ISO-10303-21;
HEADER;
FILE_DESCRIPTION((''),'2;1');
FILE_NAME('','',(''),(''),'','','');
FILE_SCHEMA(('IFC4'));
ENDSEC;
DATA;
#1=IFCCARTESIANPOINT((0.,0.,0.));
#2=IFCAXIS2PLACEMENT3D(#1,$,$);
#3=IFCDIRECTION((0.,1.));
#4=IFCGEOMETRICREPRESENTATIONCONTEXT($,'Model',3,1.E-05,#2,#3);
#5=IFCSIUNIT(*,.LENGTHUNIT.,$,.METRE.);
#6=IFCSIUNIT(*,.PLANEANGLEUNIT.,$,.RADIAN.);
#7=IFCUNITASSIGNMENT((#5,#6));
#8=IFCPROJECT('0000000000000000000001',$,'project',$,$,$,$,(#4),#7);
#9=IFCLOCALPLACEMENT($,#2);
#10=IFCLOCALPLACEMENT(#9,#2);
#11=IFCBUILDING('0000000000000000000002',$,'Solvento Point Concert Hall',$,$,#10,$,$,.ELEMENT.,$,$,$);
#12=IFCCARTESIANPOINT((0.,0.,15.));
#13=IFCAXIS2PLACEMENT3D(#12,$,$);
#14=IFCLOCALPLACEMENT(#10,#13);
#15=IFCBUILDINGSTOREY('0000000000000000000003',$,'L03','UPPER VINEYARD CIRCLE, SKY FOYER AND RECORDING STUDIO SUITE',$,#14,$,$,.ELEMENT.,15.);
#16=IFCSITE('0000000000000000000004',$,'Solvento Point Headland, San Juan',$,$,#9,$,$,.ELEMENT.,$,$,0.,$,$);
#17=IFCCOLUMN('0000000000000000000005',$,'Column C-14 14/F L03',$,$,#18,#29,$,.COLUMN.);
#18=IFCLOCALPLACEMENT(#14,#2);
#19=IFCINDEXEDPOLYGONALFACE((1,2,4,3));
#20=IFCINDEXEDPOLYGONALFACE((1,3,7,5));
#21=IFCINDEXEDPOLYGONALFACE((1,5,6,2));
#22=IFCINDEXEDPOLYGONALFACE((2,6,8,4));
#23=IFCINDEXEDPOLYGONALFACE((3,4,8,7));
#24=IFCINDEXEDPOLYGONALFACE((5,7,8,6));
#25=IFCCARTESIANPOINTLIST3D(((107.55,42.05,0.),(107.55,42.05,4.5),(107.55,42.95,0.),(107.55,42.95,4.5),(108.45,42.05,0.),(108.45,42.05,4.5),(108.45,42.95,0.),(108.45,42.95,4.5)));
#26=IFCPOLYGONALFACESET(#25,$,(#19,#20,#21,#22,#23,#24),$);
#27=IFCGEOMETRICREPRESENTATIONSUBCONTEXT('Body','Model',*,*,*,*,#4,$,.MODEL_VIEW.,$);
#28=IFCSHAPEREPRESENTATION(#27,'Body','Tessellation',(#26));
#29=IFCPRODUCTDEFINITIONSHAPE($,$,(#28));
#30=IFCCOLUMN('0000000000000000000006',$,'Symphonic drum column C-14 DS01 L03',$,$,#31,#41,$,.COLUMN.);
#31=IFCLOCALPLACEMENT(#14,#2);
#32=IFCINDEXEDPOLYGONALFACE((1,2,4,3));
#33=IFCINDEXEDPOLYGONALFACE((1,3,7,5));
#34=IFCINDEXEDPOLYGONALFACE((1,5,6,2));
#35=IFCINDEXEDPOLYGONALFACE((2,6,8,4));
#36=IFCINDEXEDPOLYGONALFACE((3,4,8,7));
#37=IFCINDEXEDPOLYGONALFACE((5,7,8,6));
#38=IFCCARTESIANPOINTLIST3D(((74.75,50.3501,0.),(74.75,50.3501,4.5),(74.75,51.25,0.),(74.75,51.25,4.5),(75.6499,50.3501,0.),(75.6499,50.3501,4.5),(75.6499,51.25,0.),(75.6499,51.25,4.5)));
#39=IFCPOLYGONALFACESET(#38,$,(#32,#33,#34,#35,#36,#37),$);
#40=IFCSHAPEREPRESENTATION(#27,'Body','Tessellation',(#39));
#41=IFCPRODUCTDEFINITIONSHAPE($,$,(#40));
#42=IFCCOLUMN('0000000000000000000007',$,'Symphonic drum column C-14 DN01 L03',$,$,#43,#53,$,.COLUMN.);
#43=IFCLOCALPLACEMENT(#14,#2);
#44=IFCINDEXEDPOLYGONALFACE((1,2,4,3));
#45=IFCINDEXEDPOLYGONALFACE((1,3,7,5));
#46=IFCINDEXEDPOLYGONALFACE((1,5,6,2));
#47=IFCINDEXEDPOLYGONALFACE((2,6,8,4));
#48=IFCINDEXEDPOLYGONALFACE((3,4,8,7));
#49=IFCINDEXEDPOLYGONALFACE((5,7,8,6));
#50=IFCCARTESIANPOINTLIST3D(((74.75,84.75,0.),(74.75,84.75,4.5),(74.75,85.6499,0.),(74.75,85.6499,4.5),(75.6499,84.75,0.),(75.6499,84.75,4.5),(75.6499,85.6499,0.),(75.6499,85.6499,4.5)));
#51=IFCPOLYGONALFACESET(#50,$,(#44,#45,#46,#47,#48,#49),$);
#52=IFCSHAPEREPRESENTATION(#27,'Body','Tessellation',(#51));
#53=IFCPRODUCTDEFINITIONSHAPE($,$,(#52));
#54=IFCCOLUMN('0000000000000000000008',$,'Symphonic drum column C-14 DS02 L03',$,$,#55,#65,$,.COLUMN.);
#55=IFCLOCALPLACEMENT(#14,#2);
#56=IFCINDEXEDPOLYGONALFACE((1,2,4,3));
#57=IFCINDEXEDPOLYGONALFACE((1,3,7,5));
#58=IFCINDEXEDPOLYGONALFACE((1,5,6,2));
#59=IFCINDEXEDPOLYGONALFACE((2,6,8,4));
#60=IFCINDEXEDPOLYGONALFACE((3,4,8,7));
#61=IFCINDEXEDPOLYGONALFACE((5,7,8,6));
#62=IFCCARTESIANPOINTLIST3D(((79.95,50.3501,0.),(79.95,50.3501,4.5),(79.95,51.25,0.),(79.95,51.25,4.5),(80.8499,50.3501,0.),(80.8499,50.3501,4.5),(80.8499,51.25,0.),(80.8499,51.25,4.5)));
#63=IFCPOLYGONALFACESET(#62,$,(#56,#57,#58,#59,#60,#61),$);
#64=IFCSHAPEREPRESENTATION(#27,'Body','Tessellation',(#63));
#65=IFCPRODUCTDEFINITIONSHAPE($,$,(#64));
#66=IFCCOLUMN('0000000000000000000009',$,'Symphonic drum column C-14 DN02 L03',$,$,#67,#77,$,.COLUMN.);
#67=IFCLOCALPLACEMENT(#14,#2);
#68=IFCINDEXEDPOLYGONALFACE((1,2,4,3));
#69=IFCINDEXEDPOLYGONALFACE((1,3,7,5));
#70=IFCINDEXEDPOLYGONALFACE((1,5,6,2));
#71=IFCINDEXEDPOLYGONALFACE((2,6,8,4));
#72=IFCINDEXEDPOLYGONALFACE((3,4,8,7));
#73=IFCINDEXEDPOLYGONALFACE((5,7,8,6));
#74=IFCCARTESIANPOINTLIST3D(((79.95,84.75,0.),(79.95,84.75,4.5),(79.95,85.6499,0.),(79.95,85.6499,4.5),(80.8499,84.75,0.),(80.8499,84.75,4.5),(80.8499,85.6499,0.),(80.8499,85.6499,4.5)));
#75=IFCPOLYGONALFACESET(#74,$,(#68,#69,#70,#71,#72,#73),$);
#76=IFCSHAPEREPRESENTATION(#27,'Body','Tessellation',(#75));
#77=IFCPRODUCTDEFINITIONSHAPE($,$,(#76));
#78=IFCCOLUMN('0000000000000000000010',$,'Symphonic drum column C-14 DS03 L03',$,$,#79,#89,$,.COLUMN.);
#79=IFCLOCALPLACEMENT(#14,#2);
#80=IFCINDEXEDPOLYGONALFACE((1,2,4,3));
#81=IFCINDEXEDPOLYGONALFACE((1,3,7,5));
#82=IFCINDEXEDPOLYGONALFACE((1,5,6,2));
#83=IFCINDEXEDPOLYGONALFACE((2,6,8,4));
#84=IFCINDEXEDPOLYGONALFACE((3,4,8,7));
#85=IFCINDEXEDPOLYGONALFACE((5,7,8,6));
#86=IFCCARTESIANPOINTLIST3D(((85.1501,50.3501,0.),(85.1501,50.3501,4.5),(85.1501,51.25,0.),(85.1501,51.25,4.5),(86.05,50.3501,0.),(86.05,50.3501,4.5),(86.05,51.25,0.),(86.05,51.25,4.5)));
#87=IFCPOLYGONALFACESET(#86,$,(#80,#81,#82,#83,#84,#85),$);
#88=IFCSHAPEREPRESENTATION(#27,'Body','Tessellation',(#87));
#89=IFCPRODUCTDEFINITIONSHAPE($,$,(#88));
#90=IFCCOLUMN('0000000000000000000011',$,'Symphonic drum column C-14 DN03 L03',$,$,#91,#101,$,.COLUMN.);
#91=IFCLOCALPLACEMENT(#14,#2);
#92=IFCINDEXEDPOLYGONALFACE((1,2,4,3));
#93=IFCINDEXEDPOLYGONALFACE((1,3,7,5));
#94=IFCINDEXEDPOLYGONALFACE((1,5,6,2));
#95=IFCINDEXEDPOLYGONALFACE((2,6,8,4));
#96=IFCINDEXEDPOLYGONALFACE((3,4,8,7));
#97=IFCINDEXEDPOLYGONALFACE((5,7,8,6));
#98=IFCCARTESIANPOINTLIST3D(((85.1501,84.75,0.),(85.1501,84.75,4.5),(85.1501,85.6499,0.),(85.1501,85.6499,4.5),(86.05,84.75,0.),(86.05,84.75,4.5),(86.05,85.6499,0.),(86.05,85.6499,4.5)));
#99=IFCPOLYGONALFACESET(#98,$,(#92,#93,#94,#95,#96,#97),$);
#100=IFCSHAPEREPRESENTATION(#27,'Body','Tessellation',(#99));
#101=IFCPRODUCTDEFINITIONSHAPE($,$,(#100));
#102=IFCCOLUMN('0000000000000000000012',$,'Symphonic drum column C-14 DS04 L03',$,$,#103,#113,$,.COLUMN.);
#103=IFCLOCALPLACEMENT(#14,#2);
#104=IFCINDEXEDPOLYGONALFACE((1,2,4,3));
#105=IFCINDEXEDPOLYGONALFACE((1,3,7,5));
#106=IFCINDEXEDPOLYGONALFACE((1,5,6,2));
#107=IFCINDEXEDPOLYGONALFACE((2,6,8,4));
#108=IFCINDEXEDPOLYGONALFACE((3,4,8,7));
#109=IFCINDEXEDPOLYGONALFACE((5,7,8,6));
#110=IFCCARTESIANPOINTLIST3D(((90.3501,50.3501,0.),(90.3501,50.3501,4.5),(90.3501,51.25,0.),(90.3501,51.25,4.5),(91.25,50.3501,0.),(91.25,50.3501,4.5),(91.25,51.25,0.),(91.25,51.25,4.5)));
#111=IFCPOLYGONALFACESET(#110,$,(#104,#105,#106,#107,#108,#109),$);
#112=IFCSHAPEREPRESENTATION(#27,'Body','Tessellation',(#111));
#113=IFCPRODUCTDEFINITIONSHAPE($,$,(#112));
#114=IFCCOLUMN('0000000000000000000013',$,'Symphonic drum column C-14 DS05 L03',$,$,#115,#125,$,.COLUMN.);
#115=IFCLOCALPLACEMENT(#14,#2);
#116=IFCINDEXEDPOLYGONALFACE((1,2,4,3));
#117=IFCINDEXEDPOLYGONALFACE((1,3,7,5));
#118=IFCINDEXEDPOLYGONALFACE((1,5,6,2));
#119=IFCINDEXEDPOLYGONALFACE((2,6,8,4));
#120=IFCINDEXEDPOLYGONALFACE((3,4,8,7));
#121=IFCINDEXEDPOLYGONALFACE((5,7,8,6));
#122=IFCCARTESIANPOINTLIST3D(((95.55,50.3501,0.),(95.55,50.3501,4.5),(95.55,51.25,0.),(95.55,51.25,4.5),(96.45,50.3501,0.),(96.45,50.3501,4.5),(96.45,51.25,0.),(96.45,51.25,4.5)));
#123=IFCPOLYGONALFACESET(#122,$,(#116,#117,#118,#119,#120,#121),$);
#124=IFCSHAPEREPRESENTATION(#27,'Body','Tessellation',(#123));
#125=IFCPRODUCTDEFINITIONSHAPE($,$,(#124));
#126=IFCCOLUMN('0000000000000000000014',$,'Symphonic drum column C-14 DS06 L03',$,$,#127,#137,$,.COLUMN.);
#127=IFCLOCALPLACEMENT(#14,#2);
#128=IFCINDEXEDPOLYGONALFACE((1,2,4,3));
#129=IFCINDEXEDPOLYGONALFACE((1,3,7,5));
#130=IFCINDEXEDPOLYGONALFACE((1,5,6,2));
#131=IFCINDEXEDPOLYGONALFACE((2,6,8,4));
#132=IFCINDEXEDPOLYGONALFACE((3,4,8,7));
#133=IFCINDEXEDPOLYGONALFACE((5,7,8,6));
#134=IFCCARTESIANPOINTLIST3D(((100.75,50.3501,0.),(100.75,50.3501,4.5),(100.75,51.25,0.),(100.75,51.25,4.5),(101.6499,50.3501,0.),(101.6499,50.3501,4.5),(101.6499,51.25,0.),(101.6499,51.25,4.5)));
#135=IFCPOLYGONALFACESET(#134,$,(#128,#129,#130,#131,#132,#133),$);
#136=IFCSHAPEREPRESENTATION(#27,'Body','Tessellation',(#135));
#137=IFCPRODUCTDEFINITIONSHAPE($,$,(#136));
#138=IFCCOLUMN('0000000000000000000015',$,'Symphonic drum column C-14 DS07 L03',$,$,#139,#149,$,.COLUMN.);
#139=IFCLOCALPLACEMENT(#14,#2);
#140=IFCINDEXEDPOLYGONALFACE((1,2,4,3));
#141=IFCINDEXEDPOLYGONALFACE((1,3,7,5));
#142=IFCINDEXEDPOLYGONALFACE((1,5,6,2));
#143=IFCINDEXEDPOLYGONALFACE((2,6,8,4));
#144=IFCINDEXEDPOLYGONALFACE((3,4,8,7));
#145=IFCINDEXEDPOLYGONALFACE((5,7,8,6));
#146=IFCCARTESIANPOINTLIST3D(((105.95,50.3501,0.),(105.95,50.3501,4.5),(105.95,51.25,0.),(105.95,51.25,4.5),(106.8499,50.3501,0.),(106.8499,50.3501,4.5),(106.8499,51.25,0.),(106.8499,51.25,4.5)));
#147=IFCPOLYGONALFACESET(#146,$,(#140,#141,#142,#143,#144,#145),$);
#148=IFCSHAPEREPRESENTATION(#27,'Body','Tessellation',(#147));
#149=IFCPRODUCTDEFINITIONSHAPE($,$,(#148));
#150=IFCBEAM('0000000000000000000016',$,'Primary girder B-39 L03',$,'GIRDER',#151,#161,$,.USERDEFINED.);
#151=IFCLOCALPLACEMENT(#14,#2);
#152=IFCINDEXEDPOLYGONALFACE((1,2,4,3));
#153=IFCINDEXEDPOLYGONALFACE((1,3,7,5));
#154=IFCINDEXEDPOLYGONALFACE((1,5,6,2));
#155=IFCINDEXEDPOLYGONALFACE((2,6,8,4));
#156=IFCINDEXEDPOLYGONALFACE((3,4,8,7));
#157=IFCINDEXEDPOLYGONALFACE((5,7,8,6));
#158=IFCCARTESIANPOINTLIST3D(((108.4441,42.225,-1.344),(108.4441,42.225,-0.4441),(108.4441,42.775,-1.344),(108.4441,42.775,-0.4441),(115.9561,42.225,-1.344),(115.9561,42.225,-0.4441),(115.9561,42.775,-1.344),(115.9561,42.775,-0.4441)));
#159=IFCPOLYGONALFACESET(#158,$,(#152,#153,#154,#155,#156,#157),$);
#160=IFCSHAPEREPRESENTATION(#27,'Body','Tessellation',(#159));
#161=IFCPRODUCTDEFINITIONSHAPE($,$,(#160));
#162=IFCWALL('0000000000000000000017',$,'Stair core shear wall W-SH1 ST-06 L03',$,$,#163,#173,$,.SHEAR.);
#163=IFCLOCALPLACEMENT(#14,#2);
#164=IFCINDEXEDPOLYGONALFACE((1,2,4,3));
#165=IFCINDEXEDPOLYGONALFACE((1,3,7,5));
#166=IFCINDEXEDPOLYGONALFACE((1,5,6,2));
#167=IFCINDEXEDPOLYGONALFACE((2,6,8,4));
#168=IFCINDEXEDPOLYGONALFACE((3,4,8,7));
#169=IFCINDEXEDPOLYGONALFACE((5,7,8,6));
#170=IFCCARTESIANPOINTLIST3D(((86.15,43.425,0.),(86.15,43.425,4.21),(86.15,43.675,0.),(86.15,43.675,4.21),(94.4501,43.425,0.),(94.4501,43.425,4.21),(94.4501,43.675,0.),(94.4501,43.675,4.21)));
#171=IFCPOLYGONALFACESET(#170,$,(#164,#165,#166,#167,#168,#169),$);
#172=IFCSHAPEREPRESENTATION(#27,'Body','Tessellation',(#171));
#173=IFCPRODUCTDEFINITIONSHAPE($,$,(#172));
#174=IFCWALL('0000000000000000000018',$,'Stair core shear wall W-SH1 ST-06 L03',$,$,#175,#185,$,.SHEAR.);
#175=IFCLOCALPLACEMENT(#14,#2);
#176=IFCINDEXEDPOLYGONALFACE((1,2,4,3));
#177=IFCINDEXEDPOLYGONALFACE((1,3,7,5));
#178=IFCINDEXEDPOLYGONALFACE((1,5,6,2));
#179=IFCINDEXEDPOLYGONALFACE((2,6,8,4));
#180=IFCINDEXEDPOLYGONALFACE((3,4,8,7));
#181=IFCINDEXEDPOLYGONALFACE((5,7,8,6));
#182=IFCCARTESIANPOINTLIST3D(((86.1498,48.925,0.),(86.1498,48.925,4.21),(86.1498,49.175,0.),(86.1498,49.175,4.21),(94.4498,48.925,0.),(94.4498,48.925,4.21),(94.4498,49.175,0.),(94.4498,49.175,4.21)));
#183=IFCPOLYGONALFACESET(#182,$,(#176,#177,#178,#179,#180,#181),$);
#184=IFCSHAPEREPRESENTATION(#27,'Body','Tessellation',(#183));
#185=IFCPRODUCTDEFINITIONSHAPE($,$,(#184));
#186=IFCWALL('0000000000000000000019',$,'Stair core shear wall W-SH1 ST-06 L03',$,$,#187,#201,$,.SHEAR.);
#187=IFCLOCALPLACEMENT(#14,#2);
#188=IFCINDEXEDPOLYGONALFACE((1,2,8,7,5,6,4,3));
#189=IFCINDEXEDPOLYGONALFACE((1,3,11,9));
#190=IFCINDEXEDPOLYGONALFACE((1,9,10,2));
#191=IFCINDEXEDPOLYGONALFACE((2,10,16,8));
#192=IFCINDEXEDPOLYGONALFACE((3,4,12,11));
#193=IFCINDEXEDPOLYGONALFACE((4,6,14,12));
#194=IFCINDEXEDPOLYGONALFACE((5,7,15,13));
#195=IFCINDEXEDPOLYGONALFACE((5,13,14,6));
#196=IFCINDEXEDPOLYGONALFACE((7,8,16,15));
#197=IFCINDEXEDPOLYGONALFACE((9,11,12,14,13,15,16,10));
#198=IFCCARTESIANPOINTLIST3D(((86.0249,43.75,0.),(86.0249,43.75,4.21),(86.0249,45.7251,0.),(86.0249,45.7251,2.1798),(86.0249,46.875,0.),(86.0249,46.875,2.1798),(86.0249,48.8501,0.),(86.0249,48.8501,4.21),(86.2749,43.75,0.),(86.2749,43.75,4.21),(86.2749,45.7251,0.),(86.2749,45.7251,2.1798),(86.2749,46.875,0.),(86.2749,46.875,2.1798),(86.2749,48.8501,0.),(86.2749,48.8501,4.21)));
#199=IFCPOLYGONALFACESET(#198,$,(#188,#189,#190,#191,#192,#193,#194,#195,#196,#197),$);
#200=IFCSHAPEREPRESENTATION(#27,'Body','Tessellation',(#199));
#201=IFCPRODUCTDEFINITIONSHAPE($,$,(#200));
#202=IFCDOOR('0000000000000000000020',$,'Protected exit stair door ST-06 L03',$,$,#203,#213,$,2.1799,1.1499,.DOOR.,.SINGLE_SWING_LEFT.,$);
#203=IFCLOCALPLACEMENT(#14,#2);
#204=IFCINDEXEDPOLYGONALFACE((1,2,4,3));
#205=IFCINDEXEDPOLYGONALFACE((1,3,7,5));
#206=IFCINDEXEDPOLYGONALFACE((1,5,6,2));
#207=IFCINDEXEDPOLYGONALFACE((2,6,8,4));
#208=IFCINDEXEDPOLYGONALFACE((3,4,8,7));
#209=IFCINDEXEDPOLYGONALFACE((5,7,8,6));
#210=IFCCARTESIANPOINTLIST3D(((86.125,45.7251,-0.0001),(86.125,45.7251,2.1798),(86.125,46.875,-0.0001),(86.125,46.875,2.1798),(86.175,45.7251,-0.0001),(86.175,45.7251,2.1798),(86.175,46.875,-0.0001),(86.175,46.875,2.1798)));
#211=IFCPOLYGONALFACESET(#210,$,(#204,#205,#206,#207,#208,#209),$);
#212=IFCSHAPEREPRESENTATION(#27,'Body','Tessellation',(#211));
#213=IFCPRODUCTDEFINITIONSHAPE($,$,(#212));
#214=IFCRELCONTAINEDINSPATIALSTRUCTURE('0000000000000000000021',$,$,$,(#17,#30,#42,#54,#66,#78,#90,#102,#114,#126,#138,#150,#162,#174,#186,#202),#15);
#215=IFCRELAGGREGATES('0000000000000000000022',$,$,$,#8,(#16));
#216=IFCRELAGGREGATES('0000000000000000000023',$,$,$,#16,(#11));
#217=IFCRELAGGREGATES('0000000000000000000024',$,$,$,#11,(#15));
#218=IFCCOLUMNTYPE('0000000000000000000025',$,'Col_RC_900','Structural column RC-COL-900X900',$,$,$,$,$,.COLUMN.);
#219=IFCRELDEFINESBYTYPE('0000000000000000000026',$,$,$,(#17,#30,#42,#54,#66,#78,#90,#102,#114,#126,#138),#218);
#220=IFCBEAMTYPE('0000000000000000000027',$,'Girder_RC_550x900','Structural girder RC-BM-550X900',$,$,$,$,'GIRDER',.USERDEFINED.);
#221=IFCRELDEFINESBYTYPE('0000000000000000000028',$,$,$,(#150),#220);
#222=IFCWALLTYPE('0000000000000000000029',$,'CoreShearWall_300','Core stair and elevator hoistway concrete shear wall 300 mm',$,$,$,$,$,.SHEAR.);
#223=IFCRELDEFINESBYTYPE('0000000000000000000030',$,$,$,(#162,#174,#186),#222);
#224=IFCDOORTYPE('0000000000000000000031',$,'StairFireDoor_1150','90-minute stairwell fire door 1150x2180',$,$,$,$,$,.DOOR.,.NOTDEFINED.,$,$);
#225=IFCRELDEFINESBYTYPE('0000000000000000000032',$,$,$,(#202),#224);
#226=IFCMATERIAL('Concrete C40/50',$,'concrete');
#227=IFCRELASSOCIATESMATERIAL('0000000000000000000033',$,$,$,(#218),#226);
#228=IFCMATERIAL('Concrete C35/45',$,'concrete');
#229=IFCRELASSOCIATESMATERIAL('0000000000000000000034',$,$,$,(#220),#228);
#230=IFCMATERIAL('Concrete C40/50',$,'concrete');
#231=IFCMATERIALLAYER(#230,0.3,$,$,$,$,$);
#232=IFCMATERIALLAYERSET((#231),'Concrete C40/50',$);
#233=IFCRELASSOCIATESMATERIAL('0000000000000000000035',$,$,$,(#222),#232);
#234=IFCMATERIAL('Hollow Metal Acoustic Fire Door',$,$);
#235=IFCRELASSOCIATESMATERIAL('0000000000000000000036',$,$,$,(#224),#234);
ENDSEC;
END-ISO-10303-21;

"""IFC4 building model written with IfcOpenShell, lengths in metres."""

from ifc_helpers import new_model, si_unit, direction, frame, frame_2d, origin, origin_2d, place, context, subcontext, project, spatial, rectangle, extrude, material, layer, layer_set, material_profile, profile_set, type_object, element, fill, save


model = new_model("IFC4")

# Units and contexts
model_context = context("Model", 3, precision=1e-05, world=origin(), true_north=direction((0.0, 1.0)))
body_context = subcontext(model_context, "Body", "Model", "MODEL_VIEW")
ifc_project = project(units=[si_unit("LENGTHUNIT", "METRE"), si_unit("PLANEANGLEUNIT", "RADIAN")], contexts=[model_context])

# Site, building, storey
site_placement = place(None, origin())
site = spatial("IfcSite", under=ifc_project, at=site_placement, Name="Solvento Point Headland, San Juan", CompositionType="ELEMENT", RefElevation=0.0)
building_placement = place(site_placement, origin())
building = spatial("IfcBuilding", under=site, at=building_placement, Name="Solvento Point Concert Hall", CompositionType="ELEMENT")
storey_placement = place(building_placement, frame((0.0, 0.0, 15.0)))
storey = spatial("IfcBuildingStorey", under=building, at=storey_placement, Name="L03", Description="UPPER VINEYARD CIRCLE, SKY FOYER AND RECORDING STUDIO SUITE", CompositionType="ELEMENT", Elevation=15.0)

# Columns
ifc_material_1 = material(Name="Concrete C40/50", Category="concrete")
ifc_material_profile_1 = material_profile(ifc_material_1, rectangle(XDim=0.8999, YDim=0.8999, at=origin_2d()), Name="RC-COL-900X900")
ifc_profile_set_1 = profile_set([ifc_material_profile_1], Name="Concrete C40/50")
column_type = type_object("IfcColumnType", Name="Col_RC_900", Description="Structural column RC-COL-900X900", PredefinedType="COLUMN", material=ifc_profile_set_1)
for number, where, z_axis, x_axis, name in (
    (1, (108.0, 42.5, 0.0), (0.0, 0.0, 1.0), (1.0, 0.0, 0.0), "Column C-14 14/F L03"),
    (2, (75.2, 50.8, 0.0), (0.0, 0.0, 1.0), (1.0, 0.0, 0.0), "Symphonic drum column C-14 DS01 L03"),
    (3, (75.2, 85.2, 0.0), (0.0, 0.0, 1.0), (1.0, 0.0, 0.0), "Symphonic drum column C-14 DN01 L03"),
    (4, (80.3999, 50.8, 0.0), (0.0, 0.0, 1.0), (1.0, 0.0, 0.0), "Symphonic drum column C-14 DS02 L03"),
    (5, (80.3999, 85.2, 0.0), (0.0, 0.0, 1.0), (1.0, 0.0, 0.0), "Symphonic drum column C-14 DN02 L03"),
    (6, (85.6001, 50.8, 0.0), (0.0, 0.0, 1.0), (1.0, 0.0, 0.0), "Symphonic drum column C-14 DS03 L03"),
    (7, (85.6001, 85.2, 0.0), (0.0, 0.0, 1.0), (1.0, 0.0, 0.0), "Symphonic drum column C-14 DN03 L03"),
    (8, (90.8, 50.8, 0.0), (0.0, 0.0, 1.0), (1.0, 0.0, 0.0), "Symphonic drum column C-14 DS04 L03"),
    (9, (96.0, 50.8, 0.0), (0.0, 0.0, 1.0), (1.0, 0.0, 0.0), "Symphonic drum column C-14 DS05 L03"),
    (10, (101.2, 50.8, 0.0), (0.0, 0.0, 1.0), (1.0, 0.0, 0.0), "Symphonic drum column C-14 DS06 L03"),
    (11, (106.3999, 50.8, 0.0), (0.0, 0.0, 1.0), (1.0, 0.0, 0.0), "Symphonic drum column C-14 DS07 L03"),
):
    element("IfcColumn", number, at=place(storey_placement, frame(where, z_axis=z_axis, x_axis=x_axis)), inside=storey, type_object=column_type, Name=name, PredefinedType="COLUMN", context=body_context, shape_type="SweptSolid", body=[
        extrude(rectangle(XDim=0.8999, YDim=0.8999, at=origin_2d()), origin(), (0.0, 0.0, 1.0), 4.5),
    ])

# Beam
ifc_material_2 = material(Name="Concrete C35/45", Category="concrete")
ifc_material_profile_2 = material_profile(ifc_material_2, rectangle(XDim=0.55, YDim=0.8999, at=origin_2d()), Name="RC-BM-550X900")
ifc_profile_set_2 = profile_set([ifc_material_profile_2], Name="Concrete C35/45")
beam_type = type_object("IfcBeamType", Name="Girder_RC_550x900", Description="Structural girder RC-BM-550X900", ElementType="GIRDER", PredefinedType="USERDEFINED", material=ifc_profile_set_2)
beam_placement = place(storey_placement, frame((108.4441, 42.5, -0.894), z_axis=(1.0, 0.0, 0.0), x_axis=(0.0, 1.0, 0.0)))
element("IfcBeam", 12, at=beam_placement, inside=storey, type_object=beam_type, Name="Primary girder B-39 L03", ObjectType="GIRDER", PredefinedType="USERDEFINED", context=body_context, shape_type="SweptSolid", body=[
    extrude(rectangle(XDim=0.55, YDim=0.8999, at=origin_2d()), origin(), (0.0, 0.0, 1.0), 7.512),
])

# Walls
ifc_material_3 = material(Name="Concrete C40/50", Category="concrete")
ifc_layer_1 = layer(ifc_material_3, 0.3)
ifc_layer_set_1 = layer_set([ifc_layer_1], Name="Concrete C40/50")
wall_type_1 = type_object("IfcWallType", Name="CoreShearWall_300", Description="Core stair and elevator hoistway concrete shear wall 300 mm", PredefinedType="SHEAR", material=ifc_layer_set_1)
for number, where, z_axis, x_axis, name in (
    (13, (94.45, 43.55, 0.0), (0.0, 0.0, 1.0), (-1.0, 0.0, 0.0), "Stair core shear wall W-SH1 ST-06 L03"),
    (14, (86.1499, 49.05, 0.0), (0.0, 0.0, 1.0), (1.0, 0.0, 0.0), "Stair core shear wall W-SH1 ST-06 L03"),
):
    element("IfcWall", number, at=place(storey_placement, frame(where, z_axis=z_axis, x_axis=x_axis)), inside=storey, type_object=wall_type_1, Name=name, PredefinedType="SHEAR", context=body_context, shape_type="SweptSolid", body=[
        extrude(rectangle(XDim=8.3, YDim=0.25, at=frame_2d((4.1499, 0.0))), origin(), (0.0, 0.0, 1.0), 4.21),
    ])

# Wall, opening, door
wall_1_placement = place(storey_placement, frame((86.1499, 43.75, 0.0), z_axis=(0.0, 0.0, 1.0), x_axis=(0.0, 1.0, 0.0)))
wall_1 = element("IfcWall", 15, at=wall_1_placement, inside=storey, type_object=wall_type_1, Name="Stair core shear wall W-SH1 ST-06 L03", PredefinedType="SHEAR", context=body_context, shape_type="SweptSolid", body=[
    extrude(rectangle(XDim=5.1001, YDim=0.25, at=frame_2d((2.55, 0.0))), origin(), (0.0, 0.0, 1.0), 4.21),
])
opening_1_placement = place(wall_1_placement, frame((1.9751, 0.0, 0.0)))
opening_1 = element("IfcOpeningElement", 16, at=opening_1_placement, cuts=wall_1, PredefinedType="OPENING", context=body_context, shape_type="SweptSolid", body=[
    extrude(rectangle(XDim=1.1499, YDim=2.1799, at=frame_2d((0.575, 1.0898))), frame((0.0, 0.135, 0.0), z_axis=(0.0, -1.0, 0.0), x_axis=(1.0, 0.0, 0.0)), (0.0, 0.0, 1.0), 0.27),
])
ifc_material_4 = material(Name="Hollow Metal Acoustic Fire Door")
door_type = type_object("IfcDoorType", Name="StairFireDoor_1150", Description="90-minute stairwell fire door 1150x2180", OperationType="NOTDEFINED", PredefinedType="DOOR", material=ifc_material_4)
door_placement = place(opening_1_placement, origin())
door = element("IfcDoor", 17, at=door_placement, inside=storey, type_object=door_type, Name="Protected exit stair door ST-06 L03", OperationType="SINGLE_SWING_LEFT", OverallHeight=2.1799, OverallWidth=1.1499, PredefinedType="DOOR", context=body_context, shape_type="SweptSolid", body=[
    extrude(rectangle(XDim=1.1499, YDim=2.1799, at=frame_2d((0.575, 1.0898))), frame((0.0, 0.0249, 0.0), z_axis=(0.0, -1.0, 0.0), x_axis=(1.0, 0.0, 0.0)), (0.0, 0.0, 1.0), 0.05),
])
fill(opening_1, door)

save(model, "model.ifc")
